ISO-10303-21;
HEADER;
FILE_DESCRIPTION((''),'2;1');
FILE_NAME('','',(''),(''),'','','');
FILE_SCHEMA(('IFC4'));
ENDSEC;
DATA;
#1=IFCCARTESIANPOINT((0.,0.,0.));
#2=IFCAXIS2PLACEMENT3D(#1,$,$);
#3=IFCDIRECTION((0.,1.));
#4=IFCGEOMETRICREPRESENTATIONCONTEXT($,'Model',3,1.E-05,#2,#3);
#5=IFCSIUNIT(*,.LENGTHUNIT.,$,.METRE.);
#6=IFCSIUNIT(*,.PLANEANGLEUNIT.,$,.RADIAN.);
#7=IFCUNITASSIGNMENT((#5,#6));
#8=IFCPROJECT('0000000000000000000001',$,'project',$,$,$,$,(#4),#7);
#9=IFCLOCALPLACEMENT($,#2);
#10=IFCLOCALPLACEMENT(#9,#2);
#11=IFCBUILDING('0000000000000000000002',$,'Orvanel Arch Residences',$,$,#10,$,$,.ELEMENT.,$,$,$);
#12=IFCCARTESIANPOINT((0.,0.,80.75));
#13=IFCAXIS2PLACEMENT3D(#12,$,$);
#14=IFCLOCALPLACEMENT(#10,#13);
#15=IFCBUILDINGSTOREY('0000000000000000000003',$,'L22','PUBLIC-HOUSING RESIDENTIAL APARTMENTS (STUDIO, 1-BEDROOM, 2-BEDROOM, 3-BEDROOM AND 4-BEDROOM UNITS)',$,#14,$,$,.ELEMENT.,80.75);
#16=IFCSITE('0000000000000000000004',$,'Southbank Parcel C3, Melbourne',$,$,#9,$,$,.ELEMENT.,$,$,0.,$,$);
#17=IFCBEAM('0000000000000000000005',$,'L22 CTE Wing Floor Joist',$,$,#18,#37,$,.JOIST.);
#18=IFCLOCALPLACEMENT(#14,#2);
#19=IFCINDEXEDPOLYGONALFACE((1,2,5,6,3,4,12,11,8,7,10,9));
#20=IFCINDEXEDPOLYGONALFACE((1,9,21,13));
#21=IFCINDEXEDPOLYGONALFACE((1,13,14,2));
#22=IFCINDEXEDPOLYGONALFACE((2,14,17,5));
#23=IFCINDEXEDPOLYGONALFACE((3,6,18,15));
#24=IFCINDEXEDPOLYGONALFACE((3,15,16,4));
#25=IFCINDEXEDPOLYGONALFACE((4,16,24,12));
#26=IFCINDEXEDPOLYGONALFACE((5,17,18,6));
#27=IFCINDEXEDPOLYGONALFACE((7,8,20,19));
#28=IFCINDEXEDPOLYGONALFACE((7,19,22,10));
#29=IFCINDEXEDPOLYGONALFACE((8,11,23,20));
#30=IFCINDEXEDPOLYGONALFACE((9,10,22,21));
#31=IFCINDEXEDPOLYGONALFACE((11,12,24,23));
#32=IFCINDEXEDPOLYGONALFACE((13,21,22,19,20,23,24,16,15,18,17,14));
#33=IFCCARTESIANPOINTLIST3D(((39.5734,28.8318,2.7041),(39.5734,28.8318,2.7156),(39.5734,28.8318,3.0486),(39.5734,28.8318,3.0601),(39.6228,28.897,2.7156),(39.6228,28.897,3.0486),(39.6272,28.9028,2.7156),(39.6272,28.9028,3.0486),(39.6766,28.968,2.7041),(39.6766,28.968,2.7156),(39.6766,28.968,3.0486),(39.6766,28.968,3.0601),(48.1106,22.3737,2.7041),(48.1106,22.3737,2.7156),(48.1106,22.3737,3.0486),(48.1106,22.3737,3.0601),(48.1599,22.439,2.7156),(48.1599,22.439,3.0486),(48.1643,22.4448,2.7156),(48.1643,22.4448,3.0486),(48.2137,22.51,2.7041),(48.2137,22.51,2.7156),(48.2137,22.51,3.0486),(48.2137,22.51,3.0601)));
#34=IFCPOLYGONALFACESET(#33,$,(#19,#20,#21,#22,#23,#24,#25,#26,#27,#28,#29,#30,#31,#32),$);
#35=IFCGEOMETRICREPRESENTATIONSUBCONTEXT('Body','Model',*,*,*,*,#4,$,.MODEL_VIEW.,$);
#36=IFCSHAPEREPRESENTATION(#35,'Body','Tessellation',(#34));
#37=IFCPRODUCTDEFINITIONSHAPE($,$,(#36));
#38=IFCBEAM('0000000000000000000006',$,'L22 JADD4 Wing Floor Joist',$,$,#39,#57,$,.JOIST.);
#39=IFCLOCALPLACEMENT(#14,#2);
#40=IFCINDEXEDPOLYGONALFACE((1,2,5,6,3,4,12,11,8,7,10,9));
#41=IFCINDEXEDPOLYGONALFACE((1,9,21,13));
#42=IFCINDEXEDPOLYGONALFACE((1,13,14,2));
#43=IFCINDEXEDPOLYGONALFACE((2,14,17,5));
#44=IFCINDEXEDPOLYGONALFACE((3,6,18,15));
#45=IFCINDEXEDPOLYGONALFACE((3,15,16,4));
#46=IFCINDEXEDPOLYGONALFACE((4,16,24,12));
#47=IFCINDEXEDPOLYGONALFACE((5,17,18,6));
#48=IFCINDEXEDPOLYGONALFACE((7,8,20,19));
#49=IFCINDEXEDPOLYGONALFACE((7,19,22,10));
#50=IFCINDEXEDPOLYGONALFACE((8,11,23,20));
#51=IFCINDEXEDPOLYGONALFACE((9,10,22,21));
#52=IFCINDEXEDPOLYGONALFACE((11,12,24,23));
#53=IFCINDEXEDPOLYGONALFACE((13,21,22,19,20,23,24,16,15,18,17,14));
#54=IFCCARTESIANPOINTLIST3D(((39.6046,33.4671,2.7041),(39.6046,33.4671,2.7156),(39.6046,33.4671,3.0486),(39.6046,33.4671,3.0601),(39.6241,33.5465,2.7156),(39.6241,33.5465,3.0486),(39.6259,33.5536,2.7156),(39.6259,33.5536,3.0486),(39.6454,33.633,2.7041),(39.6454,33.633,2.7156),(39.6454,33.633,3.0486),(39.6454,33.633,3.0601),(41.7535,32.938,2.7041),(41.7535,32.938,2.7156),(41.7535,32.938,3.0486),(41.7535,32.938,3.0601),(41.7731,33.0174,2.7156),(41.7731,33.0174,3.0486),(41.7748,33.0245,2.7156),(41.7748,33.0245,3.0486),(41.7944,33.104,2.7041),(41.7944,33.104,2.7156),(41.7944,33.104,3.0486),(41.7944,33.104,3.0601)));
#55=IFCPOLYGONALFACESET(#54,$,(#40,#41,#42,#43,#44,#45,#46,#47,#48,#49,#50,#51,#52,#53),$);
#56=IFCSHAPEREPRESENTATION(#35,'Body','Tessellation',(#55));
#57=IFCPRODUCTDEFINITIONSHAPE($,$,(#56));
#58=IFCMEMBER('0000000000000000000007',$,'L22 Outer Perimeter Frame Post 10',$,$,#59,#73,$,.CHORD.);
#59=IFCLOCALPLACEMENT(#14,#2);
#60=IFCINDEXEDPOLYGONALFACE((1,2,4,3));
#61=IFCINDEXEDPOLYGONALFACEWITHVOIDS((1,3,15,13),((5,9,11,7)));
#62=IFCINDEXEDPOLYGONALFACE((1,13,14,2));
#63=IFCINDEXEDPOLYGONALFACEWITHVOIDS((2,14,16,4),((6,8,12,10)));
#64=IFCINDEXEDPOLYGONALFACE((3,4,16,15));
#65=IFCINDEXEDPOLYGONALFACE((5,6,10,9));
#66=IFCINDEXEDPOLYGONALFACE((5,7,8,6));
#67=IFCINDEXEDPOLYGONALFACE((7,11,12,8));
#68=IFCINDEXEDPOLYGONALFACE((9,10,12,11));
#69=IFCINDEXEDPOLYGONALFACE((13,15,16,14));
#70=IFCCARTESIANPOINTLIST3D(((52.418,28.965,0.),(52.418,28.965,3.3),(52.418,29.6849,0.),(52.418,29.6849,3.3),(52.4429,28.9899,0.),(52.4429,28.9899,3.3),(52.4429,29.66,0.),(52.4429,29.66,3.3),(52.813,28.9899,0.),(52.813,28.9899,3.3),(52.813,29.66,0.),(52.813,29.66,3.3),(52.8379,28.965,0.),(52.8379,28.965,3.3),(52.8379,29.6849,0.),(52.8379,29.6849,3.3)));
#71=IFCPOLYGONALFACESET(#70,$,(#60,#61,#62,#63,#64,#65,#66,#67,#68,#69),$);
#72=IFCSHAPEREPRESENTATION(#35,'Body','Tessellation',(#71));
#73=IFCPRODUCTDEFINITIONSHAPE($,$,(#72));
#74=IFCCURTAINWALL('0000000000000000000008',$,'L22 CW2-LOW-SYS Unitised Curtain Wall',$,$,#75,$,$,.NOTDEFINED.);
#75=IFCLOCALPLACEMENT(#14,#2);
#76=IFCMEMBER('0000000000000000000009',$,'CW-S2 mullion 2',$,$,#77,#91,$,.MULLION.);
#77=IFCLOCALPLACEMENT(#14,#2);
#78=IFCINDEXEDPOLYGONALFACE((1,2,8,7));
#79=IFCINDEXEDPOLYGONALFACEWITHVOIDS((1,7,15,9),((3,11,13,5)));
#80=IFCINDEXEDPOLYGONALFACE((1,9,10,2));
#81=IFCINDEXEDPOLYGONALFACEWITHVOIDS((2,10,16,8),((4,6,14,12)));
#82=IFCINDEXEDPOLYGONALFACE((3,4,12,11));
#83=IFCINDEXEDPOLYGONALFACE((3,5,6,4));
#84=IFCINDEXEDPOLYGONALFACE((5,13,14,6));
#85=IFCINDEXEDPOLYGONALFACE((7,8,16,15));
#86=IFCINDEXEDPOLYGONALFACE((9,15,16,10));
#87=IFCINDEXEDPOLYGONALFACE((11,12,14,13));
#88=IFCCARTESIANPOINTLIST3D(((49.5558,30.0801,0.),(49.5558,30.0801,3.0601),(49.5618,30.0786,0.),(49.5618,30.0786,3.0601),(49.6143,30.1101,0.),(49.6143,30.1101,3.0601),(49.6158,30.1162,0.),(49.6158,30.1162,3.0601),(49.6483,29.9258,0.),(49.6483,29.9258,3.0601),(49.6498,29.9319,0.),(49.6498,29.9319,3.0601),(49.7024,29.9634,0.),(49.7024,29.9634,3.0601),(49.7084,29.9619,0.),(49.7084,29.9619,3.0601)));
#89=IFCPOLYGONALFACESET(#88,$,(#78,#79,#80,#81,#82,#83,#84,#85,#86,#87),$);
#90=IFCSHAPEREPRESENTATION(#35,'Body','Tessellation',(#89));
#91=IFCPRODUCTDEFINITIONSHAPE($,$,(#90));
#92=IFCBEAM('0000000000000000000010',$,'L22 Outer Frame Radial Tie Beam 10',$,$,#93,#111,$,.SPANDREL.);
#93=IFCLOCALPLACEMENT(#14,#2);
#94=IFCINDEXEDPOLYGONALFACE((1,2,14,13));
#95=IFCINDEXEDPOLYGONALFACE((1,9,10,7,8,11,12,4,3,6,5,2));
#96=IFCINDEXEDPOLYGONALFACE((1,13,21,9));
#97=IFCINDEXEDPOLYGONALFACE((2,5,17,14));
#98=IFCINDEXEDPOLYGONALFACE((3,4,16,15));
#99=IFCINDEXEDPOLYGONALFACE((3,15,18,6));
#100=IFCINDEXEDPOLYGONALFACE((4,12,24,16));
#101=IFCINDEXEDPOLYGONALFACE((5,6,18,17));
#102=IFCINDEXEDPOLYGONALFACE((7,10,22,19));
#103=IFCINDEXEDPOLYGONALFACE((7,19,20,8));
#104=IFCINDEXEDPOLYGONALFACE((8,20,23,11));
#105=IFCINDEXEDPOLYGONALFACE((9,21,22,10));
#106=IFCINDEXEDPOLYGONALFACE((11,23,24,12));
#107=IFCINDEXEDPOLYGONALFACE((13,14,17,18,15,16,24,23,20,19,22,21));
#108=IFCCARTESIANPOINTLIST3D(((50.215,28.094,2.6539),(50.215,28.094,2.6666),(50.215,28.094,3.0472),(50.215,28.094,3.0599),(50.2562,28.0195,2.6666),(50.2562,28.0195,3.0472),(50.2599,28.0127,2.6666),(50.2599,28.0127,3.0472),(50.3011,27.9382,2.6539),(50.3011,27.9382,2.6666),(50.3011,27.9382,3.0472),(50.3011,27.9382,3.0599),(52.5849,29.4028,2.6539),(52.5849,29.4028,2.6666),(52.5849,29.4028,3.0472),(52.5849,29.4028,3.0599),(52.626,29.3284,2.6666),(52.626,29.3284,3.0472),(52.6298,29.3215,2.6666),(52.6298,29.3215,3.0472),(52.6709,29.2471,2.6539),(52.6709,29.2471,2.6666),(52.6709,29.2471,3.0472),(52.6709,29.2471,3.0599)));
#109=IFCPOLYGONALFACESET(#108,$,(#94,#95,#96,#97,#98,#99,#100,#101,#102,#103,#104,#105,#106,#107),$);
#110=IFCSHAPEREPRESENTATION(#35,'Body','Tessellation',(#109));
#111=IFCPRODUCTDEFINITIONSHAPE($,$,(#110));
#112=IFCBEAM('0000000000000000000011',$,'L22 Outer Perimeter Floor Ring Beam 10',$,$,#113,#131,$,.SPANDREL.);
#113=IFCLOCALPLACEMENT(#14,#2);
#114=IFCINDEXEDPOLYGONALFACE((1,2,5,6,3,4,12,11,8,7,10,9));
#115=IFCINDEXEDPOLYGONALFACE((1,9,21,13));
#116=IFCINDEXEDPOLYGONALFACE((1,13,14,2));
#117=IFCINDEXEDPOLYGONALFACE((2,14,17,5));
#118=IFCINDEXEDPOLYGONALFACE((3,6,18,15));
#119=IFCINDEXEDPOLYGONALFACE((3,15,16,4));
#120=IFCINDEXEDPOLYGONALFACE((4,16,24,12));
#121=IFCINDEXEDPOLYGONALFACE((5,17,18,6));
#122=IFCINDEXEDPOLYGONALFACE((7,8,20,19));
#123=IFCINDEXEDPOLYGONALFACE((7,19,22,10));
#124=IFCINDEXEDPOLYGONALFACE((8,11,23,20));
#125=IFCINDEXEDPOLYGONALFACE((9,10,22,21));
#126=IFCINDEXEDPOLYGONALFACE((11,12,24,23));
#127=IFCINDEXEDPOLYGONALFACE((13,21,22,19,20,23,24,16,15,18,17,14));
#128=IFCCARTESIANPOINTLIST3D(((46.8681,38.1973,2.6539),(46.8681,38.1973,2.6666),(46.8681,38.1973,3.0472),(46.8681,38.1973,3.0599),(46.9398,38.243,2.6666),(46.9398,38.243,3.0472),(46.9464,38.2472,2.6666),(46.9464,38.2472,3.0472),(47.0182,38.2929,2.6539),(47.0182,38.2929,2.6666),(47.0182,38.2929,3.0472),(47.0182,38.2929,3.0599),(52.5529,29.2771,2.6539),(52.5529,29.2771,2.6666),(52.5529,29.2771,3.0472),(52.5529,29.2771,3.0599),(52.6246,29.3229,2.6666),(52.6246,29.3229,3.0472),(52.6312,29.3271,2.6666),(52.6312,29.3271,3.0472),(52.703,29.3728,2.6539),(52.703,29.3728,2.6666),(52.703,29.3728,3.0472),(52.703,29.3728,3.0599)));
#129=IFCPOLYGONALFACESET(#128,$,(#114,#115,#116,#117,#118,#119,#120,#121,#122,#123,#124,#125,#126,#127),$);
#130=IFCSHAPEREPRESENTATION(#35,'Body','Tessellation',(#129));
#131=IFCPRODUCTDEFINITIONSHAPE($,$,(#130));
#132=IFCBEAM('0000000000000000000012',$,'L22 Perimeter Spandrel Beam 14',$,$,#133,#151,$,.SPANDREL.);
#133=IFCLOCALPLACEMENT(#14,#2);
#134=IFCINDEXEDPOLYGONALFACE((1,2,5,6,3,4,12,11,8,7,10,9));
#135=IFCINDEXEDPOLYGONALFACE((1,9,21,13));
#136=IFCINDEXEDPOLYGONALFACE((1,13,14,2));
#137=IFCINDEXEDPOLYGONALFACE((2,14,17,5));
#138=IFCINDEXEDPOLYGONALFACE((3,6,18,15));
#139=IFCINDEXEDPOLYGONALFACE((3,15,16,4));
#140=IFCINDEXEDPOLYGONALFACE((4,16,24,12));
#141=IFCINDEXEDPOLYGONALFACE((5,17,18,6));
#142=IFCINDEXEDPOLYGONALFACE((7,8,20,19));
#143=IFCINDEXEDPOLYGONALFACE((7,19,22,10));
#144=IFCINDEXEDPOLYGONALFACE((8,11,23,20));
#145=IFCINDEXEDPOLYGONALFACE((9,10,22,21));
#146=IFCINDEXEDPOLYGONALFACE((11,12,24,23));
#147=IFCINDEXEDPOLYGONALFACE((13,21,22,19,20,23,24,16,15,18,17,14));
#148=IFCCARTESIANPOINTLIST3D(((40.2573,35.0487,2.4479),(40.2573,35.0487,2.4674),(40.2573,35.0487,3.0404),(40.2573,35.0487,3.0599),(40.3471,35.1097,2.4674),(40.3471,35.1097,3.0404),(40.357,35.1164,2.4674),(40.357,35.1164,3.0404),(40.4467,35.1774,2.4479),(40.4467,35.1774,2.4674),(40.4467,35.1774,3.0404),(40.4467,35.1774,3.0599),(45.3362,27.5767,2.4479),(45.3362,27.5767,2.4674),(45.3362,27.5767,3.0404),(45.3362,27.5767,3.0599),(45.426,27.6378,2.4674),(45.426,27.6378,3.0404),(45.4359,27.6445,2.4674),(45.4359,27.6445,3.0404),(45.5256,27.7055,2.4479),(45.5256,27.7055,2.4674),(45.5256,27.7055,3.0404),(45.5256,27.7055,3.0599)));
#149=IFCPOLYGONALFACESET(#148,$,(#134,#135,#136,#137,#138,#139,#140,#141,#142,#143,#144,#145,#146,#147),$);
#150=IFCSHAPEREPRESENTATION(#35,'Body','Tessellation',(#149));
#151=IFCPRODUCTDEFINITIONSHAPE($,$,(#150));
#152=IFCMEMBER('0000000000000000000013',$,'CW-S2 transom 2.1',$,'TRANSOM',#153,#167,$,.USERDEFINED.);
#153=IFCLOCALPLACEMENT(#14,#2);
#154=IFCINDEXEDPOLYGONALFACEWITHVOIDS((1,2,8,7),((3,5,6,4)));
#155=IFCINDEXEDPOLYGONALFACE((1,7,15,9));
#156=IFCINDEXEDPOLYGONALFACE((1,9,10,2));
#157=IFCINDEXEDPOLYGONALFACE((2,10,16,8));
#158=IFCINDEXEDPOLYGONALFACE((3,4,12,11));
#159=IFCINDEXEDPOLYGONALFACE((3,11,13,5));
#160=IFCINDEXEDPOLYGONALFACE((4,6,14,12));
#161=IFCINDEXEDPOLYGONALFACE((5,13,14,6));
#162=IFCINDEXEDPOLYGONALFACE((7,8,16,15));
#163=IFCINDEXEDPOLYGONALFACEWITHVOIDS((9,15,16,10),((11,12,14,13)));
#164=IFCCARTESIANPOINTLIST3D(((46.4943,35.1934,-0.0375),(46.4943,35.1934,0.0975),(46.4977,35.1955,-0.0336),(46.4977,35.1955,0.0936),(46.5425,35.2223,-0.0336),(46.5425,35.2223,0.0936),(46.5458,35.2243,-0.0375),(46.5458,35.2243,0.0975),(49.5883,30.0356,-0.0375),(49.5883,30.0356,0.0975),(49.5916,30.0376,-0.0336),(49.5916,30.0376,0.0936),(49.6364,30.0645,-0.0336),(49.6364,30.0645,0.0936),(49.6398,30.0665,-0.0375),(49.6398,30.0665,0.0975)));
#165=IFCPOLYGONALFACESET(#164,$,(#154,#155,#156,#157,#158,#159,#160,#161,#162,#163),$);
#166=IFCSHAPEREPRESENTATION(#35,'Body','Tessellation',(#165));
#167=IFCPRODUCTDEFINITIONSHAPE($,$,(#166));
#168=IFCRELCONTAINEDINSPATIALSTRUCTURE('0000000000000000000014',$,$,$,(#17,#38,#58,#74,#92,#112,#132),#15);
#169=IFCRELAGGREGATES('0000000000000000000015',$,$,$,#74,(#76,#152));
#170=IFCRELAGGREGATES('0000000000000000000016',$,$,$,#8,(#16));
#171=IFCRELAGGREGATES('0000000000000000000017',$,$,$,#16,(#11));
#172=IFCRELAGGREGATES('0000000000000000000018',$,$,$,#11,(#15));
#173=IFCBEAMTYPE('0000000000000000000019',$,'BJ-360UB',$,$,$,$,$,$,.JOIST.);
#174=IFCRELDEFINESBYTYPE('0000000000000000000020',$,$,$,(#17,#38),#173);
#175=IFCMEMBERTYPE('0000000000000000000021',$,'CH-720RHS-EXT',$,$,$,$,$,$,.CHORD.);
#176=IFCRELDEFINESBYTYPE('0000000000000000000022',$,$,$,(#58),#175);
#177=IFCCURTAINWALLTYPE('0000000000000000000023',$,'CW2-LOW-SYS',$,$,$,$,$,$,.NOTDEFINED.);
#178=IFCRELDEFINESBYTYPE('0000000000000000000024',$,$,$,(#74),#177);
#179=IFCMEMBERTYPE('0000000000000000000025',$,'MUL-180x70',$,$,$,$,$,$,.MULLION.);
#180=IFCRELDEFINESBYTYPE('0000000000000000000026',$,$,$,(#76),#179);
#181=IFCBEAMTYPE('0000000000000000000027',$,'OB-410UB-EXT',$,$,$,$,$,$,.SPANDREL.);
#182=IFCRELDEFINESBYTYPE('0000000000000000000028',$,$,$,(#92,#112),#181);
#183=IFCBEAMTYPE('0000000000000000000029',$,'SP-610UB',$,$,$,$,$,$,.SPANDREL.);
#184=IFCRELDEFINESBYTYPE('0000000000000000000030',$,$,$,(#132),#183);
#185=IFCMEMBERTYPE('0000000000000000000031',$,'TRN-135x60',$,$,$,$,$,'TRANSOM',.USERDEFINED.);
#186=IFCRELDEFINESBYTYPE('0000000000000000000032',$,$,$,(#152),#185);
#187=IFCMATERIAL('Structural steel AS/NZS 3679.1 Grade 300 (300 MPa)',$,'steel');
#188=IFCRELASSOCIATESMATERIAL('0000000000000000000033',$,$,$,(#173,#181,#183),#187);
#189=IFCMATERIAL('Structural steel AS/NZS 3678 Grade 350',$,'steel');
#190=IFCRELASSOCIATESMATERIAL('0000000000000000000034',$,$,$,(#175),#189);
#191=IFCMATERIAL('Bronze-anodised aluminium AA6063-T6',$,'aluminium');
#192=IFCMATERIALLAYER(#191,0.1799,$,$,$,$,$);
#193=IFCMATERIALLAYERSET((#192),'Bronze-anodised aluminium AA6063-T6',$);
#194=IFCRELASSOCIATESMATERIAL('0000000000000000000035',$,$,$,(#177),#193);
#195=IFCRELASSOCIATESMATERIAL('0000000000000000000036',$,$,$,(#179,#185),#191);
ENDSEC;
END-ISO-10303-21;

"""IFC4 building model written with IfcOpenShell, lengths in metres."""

from ifc_helpers import new_model, si_unit, direction, frame, origin, origin_2d, place, context, subcontext, project, spatial, hollow_rectangle, i_section, extrude, material, layer, layer_set, material_profile, profile_set, type_object, element, aggregate, save


model = new_model("IFC4")

# Units and contexts
model_context = context("Model", 3, precision=1e-05, world=origin(), true_north=direction((0.0, 1.0)))
body_context = subcontext(model_context, "Body", "Model", "MODEL_VIEW")
ifc_project = project(units=[si_unit("LENGTHUNIT", "METRE"), si_unit("PLANEANGLEUNIT", "RADIAN")], contexts=[model_context])

# Site, building, storey
site_placement = place(None, origin())
site = spatial("IfcSite", under=ifc_project, at=site_placement, Name="Southbank Parcel C3, Melbourne", CompositionType="ELEMENT", RefElevation=0.0)
building_placement = place(site_placement, origin())
building = spatial("IfcBuilding", under=site, at=building_placement, Name="Orvanel Arch Residences", CompositionType="ELEMENT")
storey_placement = place(building_placement, frame((0.0, 0.0, 80.75)))
storey = spatial("IfcBuildingStorey", under=building, at=storey_placement, Name="L22", Description="PUBLIC-HOUSING RESIDENTIAL APARTMENTS (STUDIO, 1-BEDROOM, 2-BEDROOM, 3-BEDROOM AND 4-BEDROOM UNITS)", CompositionType="ELEMENT", Elevation=80.75)

# Beams
ifc_material_1 = material(Name="Structural steel AS/NZS 3679.1 Grade 300 (300 MPa)", Category="steel")
ifc_material_profile_1 = material_profile(ifc_material_1, i_section(OverallWidth=0.1709, OverallDepth=0.356, WebThickness=0.0073, FlangeThickness=0.0115, at=origin_2d()), Name="360UB50.7")
ifc_profile_set_1 = profile_set([ifc_material_profile_1], Name="Structural steel AS/NZS 3679.1 Grade 300 (300 MPa)")
beam_type_1 = type_object("IfcBeamType", Name="BJ-360UB", PredefinedType="JOIST", material=ifc_profile_set_1)
beam_1_placement = place(storey_placement, frame((39.625, 28.8999, 2.8821), z_axis=(0.797519, -0.603294, 0.0), x_axis=(0.603294, 0.797519, 0.0)))
element("IfcBeam", 1, at=beam_1_placement, inside=storey, type_object=beam_type_1, Name="L22 CTE Wing Floor Joist", PredefinedType="JOIST", context=body_context, shape_type="SweptSolid", body=[
    extrude(i_section(OverallWidth=0.1709, OverallDepth=0.356, WebThickness=0.0073, FlangeThickness=0.0115, at=origin_2d()), origin(), (0.0, 0.0, 1.0), 10.7046),
])
beam_2_placement = place(storey_placement, frame((39.625, 33.55, 2.8821), z_axis=(0.971006, -0.239056, 0.0), x_axis=(0.239056, 0.971006, 0.0)))
element("IfcBeam", 2, at=beam_2_placement, inside=storey, type_object=beam_type_1, Name="L22 JADD4 Wing Floor Joist", PredefinedType="JOIST", context=body_context, shape_type="SweptSolid", body=[
    extrude(i_section(OverallWidth=0.1709, OverallDepth=0.356, WebThickness=0.0073, FlangeThickness=0.0115, at=origin_2d()), origin(), (0.0, 0.0, 1.0), 2.2131),
])

# Member
ifc_material_2 = material(Name="Structural steel AS/NZS 3678 Grade 350", Category="steel")
ifc_material_profile_2 = material_profile(ifc_material_2, hollow_rectangle(XDim=0.4199, YDim=0.72, WallThickness=0.0249, at=origin_2d()), Name="RHS720x420x25")
ifc_profile_set_2 = profile_set([ifc_material_profile_2], Name="Structural steel AS/NZS 3678 Grade 350")
member_type_1 = type_object("IfcMemberType", Name="CH-720RHS-EXT", PredefinedType="CHORD", material=ifc_profile_set_2)
member_1_placement = place(storey_placement, frame((52.6279, 29.325, 0.0), z_axis=(0.0, 0.0, 1.0), x_axis=(1.0, 0.0, 0.0)))
element("IfcMember", 3, at=member_1_placement, inside=storey, type_object=member_type_1, Name="L22 Outer Perimeter Frame Post 10", PredefinedType="CHORD", context=body_context, shape_type="SweptSolid", body=[
    extrude(hollow_rectangle(XDim=0.4199, YDim=0.72, WallThickness=0.0249, at=origin_2d()), origin(), (0.0, 0.0, 1.0), 3.3),
])

# Curtain wall, member
ifc_material_3 = material(Name="Bronze-anodised aluminium AA6063-T6", Category="aluminium")
ifc_layer_1 = layer(ifc_material_3, 0.1799)
ifc_layer_set_1 = layer_set([ifc_layer_1], Name="Bronze-anodised aluminium AA6063-T6")
curtain_wall_type = type_object("IfcCurtainWallType", Name="CW2-LOW-SYS", PredefinedType="NOTDEFINED", material=ifc_layer_set_1)
curtain_wall_placement = place(storey_placement, origin())
curtain_wall = element("IfcCurtainWall", 4, at=curtain_wall_placement, inside=storey, type_object=curtain_wall_type, Name="L22 CW2-LOW-SYS Unitised Curtain Wall", PredefinedType="NOTDEFINED")
ifc_material_profile_3 = material_profile(ifc_material_3, hollow_rectangle(XDim=0.0701, YDim=0.1799, WallThickness=0.0044, at=origin_2d()), Name="ALU180x70x4.5")
ifc_profile_set_3 = profile_set([ifc_material_profile_3], Name="Bronze-anodised aluminium AA6063-T6")
member_type_2 = type_object("IfcMemberType", Name="MUL-180x70", PredefinedType="MULLION", material=ifc_profile_set_3)
member_2_placement = place(storey_placement, frame((49.6321, 30.021, 0.0), z_axis=(0.0, 0.0, 1.0), x_axis=(-0.857551, -0.5144, 0.0)))
member_2 = element("IfcMember", 5, at=member_2_placement, type_object=member_type_2, Name="CW-S2 mullion 2", PredefinedType="MULLION", context=body_context, shape_type="SweptSolid", body=[
    extrude(hollow_rectangle(XDim=0.0701, YDim=0.1799, WallThickness=0.0044, at=origin_2d()), origin(), (0.0, 0.0, 1.0), 3.0601),
])

# Beams
ifc_material_profile_4 = material_profile(ifc_material_1, i_section(OverallWidth=0.178, OverallDepth=0.406, WebThickness=0.0078, FlangeThickness=0.0127, at=origin_2d()), Name="410UB59.7")
ifc_profile_set_4 = profile_set([ifc_material_profile_4], Name="Structural steel AS/NZS 3679.1 Grade 300 (300 MPa)")
beam_type_2 = type_object("IfcBeamType", Name="OB-410UB-EXT", PredefinedType="SPANDREL", material=ifc_profile_set_4)
beam_3_placement = place(storey_placement, frame((50.2581, 28.0161, 2.8569), z_axis=(0.875371, 0.483452, 0.0), x_axis=(-0.483452, 0.875371, 0.0)))
element("IfcBeam", 6, at=beam_3_placement, inside=storey, type_object=beam_type_2, Name="L22 Outer Frame Radial Tie Beam 10", PredefinedType="SPANDREL", context=body_context, shape_type="SweptSolid", body=[
    extrude(i_section(OverallWidth=0.178, OverallDepth=0.406, WebThickness=0.0078, FlangeThickness=0.0127, at=origin_2d()), origin(), (0.0, 0.0, 1.0), 2.7073),
])
beam_4_placement = place(storey_placement, frame((52.6279, 29.325, 2.8569), z_axis=(-0.537437, 0.843304, 0.0), x_axis=(-0.843304, -0.537437, 0.0)))
element("IfcBeam", 7, at=beam_4_placement, inside=storey, type_object=beam_type_2, Name="L22 Outer Perimeter Floor Ring Beam 10", PredefinedType="SPANDREL", context=body_context, shape_type="SweptSolid", body=[
    extrude(i_section(OverallWidth=0.178, OverallDepth=0.406, WebThickness=0.0078, FlangeThickness=0.0127, at=origin_2d()), origin(), (0.0, 0.0, 1.0), 10.5776),
])
ifc_material_profile_5 = material_profile(ifc_material_1, i_section(OverallWidth=0.229, OverallDepth=0.6121, WebThickness=0.012, FlangeThickness=0.0195, at=origin_2d()), Name="610UB125")
ifc_profile_set_5 = profile_set([ifc_material_profile_5], Name="Structural steel AS/NZS 3679.1 Grade 300 (300 MPa)")
beam_type_3 = type_object("IfcBeamType", Name="SP-610UB", PredefinedType="SPANDREL", material=ifc_profile_set_5)
beam_5_placement = place(storey_placement, frame((45.4309, 27.6411, 2.7539), z_axis=(-0.562155, 0.827032, 0.0), x_axis=(-0.827032, -0.562155, 0.0)))
element("IfcBeam", 8, at=beam_5_placement, inside=storey, type_object=beam_type_3, Name="L22 Perimeter Spandrel Beam 14", PredefinedType="SPANDREL", context=body_context, shape_type="SweptSolid", body=[
    extrude(i_section(OverallWidth=0.229, OverallDepth=0.6121, WebThickness=0.012, FlangeThickness=0.0195, at=origin_2d()), origin(), (0.0, 0.0, 1.0), 9.0347),
])

# Member
ifc_material_profile_6 = material_profile(ifc_material_3, hollow_rectangle(XDim=0.0601, YDim=0.135, WallThickness=0.0039, at=origin_2d()), Name="ALU135x60x4")
ifc_profile_set_6 = profile_set([ifc_material_profile_6], Name="Bronze-anodised aluminium AA6063-T6")
member_type_3 = type_object("IfcMemberType", Name="TRN-135x60", ElementType="TRANSOM", PredefinedType="USERDEFINED", material=ifc_profile_set_6)
member_3_placement = place(storey_placement, frame((49.614, 30.051, 0.03), z_axis=(-0.5144, 0.85755, 0.0), x_axis=(-0.85755, -0.5144, 0.0)))
member_3 = element("IfcMember", 9, at=member_3_placement, type_object=member_type_3, Name="CW-S2 transom 2.1", ObjectType="TRANSOM", PredefinedType="USERDEFINED", context=body_context, shape_type="SweptSolid", body=[
    extrude(hollow_rectangle(XDim=0.0601, YDim=0.135, WallThickness=0.0039, at=origin_2d()), origin(), (0.0, 0.0, 1.0), 6.0146),
])

aggregate(curtain_wall, [member_2, member_3])

save(model, "model.ifc")
